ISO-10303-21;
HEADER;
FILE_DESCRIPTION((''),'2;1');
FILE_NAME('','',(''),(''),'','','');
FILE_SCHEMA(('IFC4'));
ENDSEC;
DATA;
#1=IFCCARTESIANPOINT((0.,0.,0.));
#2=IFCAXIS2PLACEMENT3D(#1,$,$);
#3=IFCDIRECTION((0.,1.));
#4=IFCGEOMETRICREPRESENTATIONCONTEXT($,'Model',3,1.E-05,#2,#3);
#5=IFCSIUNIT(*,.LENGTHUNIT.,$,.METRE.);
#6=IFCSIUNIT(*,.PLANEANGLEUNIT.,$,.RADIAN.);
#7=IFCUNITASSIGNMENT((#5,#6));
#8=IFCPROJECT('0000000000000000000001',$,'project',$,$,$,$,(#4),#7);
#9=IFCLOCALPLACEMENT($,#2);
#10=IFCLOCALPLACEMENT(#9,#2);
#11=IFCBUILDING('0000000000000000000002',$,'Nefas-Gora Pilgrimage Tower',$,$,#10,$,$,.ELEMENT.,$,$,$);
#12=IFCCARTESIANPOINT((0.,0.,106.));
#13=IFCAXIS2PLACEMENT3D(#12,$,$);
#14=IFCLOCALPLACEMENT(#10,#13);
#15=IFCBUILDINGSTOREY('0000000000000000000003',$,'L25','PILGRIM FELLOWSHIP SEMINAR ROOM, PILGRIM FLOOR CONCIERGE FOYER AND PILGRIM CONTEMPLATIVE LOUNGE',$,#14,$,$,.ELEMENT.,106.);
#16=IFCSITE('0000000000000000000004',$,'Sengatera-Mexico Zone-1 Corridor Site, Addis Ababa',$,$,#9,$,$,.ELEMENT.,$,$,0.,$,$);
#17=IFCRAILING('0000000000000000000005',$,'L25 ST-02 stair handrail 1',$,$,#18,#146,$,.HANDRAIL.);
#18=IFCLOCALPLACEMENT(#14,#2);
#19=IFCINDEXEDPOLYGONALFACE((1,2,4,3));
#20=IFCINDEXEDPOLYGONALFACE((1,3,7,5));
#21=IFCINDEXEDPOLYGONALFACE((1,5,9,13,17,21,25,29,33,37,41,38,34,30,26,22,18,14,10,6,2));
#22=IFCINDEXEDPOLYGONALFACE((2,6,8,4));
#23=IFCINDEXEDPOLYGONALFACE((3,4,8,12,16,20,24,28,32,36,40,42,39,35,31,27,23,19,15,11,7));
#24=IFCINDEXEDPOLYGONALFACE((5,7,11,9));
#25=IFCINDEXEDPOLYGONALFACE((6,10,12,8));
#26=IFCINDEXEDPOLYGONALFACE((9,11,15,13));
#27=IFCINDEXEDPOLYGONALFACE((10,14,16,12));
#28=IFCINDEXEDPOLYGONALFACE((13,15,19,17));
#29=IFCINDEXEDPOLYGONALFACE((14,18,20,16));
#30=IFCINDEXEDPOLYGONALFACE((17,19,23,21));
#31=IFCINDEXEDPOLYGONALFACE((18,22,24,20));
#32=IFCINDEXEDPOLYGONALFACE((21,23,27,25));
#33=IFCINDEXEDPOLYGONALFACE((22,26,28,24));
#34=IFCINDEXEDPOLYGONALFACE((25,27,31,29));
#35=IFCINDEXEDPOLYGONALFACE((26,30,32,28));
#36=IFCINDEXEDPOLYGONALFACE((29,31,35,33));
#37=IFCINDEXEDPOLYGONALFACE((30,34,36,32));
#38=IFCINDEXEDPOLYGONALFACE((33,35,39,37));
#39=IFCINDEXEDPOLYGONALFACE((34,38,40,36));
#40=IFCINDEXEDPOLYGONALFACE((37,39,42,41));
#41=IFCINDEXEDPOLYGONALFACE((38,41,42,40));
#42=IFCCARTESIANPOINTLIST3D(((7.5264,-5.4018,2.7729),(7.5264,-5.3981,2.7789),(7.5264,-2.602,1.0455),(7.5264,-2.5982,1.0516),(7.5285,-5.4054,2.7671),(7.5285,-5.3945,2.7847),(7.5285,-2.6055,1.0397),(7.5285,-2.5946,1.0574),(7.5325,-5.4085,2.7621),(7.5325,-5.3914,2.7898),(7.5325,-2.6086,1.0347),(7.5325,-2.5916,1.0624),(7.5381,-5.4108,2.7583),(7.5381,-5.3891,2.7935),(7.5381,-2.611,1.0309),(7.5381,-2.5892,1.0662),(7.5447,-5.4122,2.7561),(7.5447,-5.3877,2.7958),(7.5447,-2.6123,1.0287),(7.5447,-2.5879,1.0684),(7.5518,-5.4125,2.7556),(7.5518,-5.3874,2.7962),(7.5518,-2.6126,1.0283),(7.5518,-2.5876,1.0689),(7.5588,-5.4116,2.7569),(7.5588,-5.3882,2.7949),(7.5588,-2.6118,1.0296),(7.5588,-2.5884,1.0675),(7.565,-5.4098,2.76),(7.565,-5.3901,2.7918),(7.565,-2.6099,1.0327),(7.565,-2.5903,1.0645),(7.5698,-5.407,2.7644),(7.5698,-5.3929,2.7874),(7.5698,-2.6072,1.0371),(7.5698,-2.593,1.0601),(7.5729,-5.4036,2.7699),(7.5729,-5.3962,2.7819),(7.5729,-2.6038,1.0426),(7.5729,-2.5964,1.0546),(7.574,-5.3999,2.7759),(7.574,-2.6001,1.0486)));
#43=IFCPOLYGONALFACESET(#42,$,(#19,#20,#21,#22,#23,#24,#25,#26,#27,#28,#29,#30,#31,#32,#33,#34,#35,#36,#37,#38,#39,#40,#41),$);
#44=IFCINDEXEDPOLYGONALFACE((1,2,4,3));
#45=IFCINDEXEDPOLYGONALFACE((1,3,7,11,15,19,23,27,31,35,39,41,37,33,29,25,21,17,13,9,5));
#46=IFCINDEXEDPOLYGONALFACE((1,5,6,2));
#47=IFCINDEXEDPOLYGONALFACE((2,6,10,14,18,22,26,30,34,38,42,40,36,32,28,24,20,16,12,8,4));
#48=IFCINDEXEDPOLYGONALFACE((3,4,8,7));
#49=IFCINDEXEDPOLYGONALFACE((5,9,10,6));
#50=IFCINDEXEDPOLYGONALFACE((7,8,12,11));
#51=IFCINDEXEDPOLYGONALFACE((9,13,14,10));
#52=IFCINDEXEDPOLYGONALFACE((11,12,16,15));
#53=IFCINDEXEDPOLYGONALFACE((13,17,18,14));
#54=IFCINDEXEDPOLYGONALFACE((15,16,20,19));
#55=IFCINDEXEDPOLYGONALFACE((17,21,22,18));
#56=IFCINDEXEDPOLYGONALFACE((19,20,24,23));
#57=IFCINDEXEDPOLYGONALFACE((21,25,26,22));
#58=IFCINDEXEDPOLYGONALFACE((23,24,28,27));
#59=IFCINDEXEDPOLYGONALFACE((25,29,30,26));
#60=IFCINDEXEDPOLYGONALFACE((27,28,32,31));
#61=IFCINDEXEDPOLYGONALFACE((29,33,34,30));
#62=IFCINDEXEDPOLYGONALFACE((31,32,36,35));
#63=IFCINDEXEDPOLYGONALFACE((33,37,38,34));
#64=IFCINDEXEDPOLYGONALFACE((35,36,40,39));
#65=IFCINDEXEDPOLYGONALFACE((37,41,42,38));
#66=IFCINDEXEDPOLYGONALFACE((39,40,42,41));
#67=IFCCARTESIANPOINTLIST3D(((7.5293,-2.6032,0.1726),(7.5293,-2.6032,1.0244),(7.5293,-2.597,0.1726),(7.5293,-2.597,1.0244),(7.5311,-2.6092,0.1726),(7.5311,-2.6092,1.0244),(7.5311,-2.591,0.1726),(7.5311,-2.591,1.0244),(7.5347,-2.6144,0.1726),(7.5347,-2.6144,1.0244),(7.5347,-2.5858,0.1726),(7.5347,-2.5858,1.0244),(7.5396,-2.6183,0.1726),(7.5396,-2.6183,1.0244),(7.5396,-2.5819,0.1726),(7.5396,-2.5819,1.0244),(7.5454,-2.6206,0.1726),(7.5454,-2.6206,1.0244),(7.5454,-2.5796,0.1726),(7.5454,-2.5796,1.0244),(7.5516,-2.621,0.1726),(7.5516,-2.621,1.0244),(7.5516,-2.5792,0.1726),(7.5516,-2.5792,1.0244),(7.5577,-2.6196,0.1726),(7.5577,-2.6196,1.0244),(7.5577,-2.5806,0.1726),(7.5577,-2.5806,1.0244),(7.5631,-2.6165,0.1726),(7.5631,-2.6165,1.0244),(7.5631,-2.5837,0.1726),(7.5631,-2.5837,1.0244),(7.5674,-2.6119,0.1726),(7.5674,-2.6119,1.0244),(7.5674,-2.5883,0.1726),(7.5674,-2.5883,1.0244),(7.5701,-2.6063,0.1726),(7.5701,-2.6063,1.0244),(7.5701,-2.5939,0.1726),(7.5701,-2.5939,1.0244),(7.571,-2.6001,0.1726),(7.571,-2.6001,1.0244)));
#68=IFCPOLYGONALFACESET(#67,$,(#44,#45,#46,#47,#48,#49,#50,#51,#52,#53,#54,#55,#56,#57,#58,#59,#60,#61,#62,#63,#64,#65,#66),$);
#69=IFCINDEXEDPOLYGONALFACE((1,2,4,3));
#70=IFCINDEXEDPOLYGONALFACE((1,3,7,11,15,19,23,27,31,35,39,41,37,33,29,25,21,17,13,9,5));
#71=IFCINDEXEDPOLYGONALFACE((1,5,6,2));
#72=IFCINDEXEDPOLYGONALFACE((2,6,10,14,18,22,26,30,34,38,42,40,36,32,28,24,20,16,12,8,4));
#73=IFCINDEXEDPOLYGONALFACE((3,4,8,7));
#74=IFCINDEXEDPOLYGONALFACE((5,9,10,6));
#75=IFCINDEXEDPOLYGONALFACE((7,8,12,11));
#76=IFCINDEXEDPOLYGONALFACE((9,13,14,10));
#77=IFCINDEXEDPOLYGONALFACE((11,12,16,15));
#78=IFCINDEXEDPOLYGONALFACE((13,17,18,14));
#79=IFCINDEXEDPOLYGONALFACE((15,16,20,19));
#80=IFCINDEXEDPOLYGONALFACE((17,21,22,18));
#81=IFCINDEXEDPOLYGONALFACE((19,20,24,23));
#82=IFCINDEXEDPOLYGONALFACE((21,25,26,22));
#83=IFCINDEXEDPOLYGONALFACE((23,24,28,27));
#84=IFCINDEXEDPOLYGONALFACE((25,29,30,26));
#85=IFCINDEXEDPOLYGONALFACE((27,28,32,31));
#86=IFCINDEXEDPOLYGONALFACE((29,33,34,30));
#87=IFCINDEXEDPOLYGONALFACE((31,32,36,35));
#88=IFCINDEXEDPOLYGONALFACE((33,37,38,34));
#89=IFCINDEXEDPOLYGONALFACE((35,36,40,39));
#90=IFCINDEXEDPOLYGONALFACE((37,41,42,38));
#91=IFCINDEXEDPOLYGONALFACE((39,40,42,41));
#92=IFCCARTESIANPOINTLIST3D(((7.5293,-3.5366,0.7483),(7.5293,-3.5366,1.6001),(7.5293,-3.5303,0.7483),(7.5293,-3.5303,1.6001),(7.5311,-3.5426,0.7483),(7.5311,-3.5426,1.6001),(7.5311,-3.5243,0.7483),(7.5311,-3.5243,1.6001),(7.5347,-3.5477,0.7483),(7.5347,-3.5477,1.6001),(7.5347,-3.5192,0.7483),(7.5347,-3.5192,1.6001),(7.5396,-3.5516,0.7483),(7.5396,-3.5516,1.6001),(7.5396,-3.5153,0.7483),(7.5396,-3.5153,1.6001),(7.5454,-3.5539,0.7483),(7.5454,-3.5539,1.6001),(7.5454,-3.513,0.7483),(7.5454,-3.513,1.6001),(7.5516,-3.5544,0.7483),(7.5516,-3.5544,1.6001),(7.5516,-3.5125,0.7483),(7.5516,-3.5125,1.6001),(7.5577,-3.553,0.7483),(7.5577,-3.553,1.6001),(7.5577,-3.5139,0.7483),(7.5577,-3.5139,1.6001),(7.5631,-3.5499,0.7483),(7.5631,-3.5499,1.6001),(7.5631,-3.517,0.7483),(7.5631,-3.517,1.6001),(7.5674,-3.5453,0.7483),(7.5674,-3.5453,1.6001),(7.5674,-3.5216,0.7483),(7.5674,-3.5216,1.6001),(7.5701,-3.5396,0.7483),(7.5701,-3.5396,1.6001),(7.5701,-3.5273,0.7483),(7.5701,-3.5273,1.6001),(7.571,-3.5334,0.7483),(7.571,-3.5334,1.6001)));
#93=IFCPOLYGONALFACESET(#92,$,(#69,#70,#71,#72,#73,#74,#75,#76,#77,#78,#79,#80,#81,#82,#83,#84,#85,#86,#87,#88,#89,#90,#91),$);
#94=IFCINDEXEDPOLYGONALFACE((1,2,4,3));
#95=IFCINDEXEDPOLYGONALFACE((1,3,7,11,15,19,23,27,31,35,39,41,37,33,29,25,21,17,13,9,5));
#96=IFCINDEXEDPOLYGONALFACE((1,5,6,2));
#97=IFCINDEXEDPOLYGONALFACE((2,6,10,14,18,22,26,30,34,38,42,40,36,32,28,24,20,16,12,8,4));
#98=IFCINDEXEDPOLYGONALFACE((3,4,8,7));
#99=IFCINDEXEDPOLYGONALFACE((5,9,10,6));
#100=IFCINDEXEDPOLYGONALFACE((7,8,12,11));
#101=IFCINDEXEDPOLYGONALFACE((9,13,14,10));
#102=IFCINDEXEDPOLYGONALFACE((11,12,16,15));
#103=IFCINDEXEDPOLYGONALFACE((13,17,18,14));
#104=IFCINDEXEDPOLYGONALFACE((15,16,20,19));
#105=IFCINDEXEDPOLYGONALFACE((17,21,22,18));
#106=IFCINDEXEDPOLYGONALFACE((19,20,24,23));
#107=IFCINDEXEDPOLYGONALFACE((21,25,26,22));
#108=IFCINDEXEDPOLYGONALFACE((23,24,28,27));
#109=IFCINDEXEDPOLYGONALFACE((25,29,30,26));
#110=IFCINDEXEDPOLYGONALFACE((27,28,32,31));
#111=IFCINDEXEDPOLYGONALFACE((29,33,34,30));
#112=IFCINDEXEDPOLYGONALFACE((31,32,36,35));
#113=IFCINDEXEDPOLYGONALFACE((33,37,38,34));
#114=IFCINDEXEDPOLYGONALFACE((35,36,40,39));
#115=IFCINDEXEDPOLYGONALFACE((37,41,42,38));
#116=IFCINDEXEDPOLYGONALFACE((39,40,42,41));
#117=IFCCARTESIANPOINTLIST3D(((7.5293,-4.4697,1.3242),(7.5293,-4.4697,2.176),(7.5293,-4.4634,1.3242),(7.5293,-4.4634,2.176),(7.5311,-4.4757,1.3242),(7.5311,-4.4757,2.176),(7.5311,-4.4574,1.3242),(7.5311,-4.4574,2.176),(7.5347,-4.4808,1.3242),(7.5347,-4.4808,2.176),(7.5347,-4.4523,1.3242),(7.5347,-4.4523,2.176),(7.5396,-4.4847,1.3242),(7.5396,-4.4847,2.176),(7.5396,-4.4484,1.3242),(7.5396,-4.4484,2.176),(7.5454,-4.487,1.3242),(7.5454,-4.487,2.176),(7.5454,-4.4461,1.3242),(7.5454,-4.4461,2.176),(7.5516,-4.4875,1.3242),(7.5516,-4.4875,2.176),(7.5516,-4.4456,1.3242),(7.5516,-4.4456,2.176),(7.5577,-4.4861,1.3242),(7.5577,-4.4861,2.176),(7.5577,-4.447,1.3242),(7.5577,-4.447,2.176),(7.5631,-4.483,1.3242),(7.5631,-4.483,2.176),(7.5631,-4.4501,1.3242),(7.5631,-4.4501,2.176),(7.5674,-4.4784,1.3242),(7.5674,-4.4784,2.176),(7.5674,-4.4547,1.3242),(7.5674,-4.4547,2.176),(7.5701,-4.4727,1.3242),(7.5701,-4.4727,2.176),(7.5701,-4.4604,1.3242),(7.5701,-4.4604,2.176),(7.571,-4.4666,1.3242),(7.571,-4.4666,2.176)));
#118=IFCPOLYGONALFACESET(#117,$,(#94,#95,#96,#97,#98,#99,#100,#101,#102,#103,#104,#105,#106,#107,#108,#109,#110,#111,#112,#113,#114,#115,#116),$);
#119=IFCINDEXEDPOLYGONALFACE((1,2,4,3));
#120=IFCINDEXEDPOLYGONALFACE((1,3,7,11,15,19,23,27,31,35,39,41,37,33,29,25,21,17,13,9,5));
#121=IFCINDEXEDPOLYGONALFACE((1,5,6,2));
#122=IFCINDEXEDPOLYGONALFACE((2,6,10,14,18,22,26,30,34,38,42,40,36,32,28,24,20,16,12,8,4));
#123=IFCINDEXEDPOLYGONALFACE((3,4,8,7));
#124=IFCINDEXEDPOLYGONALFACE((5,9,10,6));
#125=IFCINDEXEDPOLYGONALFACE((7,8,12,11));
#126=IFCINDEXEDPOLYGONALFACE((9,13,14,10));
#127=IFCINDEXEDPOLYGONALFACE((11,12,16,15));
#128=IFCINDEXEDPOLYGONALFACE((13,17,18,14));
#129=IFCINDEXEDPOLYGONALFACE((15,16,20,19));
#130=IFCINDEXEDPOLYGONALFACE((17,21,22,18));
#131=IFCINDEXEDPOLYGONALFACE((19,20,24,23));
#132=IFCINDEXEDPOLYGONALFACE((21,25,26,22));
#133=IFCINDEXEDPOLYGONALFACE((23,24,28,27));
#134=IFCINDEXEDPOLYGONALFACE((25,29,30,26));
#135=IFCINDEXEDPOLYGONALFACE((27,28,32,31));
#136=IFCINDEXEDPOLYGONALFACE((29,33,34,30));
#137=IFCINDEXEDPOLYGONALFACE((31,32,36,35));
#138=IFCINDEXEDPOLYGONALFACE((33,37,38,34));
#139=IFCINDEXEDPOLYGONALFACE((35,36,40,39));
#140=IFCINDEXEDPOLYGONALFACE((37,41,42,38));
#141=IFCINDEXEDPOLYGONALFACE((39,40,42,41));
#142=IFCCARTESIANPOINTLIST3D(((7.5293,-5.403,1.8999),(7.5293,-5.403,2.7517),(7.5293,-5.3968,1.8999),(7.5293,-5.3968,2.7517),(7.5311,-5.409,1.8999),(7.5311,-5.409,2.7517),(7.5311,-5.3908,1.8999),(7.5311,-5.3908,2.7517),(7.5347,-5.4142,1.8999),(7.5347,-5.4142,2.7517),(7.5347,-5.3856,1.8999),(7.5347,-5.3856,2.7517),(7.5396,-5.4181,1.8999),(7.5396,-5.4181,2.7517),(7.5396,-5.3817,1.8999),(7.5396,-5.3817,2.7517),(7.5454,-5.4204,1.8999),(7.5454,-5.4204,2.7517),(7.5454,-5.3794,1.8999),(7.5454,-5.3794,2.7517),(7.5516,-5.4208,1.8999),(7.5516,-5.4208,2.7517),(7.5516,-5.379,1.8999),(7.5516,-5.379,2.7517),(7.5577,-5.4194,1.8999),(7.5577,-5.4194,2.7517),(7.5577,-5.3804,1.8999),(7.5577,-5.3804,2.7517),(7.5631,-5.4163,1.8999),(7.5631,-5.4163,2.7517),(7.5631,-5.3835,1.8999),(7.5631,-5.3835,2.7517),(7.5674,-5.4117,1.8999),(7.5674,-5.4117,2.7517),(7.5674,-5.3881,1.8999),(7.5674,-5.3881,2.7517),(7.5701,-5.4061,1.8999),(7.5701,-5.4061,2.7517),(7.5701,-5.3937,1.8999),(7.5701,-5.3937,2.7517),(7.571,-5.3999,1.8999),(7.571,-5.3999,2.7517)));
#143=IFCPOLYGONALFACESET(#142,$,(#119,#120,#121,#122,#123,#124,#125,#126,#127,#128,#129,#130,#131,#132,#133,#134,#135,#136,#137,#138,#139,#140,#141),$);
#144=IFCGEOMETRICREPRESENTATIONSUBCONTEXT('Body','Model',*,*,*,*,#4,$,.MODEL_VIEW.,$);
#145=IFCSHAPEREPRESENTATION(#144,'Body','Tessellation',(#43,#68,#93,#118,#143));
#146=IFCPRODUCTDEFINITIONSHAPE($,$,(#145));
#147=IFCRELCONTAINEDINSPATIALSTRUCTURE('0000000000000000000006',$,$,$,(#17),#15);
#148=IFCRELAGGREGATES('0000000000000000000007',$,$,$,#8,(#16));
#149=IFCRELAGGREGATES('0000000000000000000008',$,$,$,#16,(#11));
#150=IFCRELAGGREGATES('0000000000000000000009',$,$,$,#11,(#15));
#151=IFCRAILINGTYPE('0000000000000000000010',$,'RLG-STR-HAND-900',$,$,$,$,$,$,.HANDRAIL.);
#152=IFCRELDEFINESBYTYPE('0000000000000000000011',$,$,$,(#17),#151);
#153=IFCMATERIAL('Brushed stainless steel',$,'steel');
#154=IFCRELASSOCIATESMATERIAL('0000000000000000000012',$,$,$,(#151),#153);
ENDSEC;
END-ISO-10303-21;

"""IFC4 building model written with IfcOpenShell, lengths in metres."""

from ifc_helpers import new_model, si_unit, direction, frame, origin, origin_2d, place, context, subcontext, project, spatial, circle, extrude, material, type_object, element, save


model = new_model("IFC4")

# Units and contexts
model_context = context("Model", 3, precision=1e-05, world=origin(), true_north=direction((0.0, 1.0)))
body_context = subcontext(model_context, "Body", "Model", "MODEL_VIEW")
ifc_project = project(units=[si_unit("LENGTHUNIT", "METRE"), si_unit("PLANEANGLEUNIT", "RADIAN")], contexts=[model_context])

# Site, building, storey
site_placement = place(None, origin())
site = spatial("IfcSite", under=ifc_project, at=site_placement, Name="Sengatera-Mexico Zone-1 Corridor Site, Addis Ababa", CompositionType="ELEMENT", RefElevation=0.0)
building_placement = place(site_placement, origin())
building = spatial("IfcBuilding", under=site, at=building_placement, Name="Nefas-Gora Pilgrimage Tower", CompositionType="ELEMENT")
storey_placement = place(building_placement, frame((0.0, 0.0, 106.0)))
storey = spatial("IfcBuildingStorey", under=building, at=storey_placement, Name="L25", Description="PILGRIM FELLOWSHIP SEMINAR ROOM, PILGRIM FLOOR CONCIERGE FOYER AND PILGRIM CONTEMPLATIVE LOUNGE", CompositionType="ELEMENT", Elevation=106.0)

# Railing
ifc_material_1 = material(Name="Brushed stainless steel", Category="steel")
railing_type_1 = type_object("IfcRailingType", Name="RLG-STR-HAND-900", PredefinedType="HANDRAIL", material=ifc_material_1)
railing_1_placement = place(storey_placement, frame((7.55, -2.6001, 0.1726)))
element("IfcRailing", 1, at=railing_1_placement, inside=storey, type_object=railing_type_1, Name="L25 ST-02 stair handrail 1", PredefinedType="HANDRAIL", context=body_context, shape_type="SweptSolid", body=[
    extrude(circle(Radius=0.0239, at=origin_2d()), frame((0.0, 0.0, 0.876), z_axis=(0.0, -0.851069, 0.525054), x_axis=(1.0, 0.0, 0.0)), (0.0, 0.0, 1.0), 3.2898),
    extrude(circle(Radius=0.021, at=origin_2d()), origin(), (0.0, 0.0, 1.0), 0.8518),
    extrude(circle(Radius=0.021, at=origin_2d()), frame((0.0, -0.9333, 0.5757)), (0.0, 0.0, 1.0), 0.8518),
    extrude(circle(Radius=0.021, at=origin_2d()), frame((0.0, -1.8665, 1.1516)), (0.0, 0.0, 1.0), 0.8518),
    extrude(circle(Radius=0.021, at=origin_2d()), frame((0.0, -2.7998, 1.7273)), (0.0, 0.0, 1.0), 0.8518),
])

save(model, "model.ifc")
